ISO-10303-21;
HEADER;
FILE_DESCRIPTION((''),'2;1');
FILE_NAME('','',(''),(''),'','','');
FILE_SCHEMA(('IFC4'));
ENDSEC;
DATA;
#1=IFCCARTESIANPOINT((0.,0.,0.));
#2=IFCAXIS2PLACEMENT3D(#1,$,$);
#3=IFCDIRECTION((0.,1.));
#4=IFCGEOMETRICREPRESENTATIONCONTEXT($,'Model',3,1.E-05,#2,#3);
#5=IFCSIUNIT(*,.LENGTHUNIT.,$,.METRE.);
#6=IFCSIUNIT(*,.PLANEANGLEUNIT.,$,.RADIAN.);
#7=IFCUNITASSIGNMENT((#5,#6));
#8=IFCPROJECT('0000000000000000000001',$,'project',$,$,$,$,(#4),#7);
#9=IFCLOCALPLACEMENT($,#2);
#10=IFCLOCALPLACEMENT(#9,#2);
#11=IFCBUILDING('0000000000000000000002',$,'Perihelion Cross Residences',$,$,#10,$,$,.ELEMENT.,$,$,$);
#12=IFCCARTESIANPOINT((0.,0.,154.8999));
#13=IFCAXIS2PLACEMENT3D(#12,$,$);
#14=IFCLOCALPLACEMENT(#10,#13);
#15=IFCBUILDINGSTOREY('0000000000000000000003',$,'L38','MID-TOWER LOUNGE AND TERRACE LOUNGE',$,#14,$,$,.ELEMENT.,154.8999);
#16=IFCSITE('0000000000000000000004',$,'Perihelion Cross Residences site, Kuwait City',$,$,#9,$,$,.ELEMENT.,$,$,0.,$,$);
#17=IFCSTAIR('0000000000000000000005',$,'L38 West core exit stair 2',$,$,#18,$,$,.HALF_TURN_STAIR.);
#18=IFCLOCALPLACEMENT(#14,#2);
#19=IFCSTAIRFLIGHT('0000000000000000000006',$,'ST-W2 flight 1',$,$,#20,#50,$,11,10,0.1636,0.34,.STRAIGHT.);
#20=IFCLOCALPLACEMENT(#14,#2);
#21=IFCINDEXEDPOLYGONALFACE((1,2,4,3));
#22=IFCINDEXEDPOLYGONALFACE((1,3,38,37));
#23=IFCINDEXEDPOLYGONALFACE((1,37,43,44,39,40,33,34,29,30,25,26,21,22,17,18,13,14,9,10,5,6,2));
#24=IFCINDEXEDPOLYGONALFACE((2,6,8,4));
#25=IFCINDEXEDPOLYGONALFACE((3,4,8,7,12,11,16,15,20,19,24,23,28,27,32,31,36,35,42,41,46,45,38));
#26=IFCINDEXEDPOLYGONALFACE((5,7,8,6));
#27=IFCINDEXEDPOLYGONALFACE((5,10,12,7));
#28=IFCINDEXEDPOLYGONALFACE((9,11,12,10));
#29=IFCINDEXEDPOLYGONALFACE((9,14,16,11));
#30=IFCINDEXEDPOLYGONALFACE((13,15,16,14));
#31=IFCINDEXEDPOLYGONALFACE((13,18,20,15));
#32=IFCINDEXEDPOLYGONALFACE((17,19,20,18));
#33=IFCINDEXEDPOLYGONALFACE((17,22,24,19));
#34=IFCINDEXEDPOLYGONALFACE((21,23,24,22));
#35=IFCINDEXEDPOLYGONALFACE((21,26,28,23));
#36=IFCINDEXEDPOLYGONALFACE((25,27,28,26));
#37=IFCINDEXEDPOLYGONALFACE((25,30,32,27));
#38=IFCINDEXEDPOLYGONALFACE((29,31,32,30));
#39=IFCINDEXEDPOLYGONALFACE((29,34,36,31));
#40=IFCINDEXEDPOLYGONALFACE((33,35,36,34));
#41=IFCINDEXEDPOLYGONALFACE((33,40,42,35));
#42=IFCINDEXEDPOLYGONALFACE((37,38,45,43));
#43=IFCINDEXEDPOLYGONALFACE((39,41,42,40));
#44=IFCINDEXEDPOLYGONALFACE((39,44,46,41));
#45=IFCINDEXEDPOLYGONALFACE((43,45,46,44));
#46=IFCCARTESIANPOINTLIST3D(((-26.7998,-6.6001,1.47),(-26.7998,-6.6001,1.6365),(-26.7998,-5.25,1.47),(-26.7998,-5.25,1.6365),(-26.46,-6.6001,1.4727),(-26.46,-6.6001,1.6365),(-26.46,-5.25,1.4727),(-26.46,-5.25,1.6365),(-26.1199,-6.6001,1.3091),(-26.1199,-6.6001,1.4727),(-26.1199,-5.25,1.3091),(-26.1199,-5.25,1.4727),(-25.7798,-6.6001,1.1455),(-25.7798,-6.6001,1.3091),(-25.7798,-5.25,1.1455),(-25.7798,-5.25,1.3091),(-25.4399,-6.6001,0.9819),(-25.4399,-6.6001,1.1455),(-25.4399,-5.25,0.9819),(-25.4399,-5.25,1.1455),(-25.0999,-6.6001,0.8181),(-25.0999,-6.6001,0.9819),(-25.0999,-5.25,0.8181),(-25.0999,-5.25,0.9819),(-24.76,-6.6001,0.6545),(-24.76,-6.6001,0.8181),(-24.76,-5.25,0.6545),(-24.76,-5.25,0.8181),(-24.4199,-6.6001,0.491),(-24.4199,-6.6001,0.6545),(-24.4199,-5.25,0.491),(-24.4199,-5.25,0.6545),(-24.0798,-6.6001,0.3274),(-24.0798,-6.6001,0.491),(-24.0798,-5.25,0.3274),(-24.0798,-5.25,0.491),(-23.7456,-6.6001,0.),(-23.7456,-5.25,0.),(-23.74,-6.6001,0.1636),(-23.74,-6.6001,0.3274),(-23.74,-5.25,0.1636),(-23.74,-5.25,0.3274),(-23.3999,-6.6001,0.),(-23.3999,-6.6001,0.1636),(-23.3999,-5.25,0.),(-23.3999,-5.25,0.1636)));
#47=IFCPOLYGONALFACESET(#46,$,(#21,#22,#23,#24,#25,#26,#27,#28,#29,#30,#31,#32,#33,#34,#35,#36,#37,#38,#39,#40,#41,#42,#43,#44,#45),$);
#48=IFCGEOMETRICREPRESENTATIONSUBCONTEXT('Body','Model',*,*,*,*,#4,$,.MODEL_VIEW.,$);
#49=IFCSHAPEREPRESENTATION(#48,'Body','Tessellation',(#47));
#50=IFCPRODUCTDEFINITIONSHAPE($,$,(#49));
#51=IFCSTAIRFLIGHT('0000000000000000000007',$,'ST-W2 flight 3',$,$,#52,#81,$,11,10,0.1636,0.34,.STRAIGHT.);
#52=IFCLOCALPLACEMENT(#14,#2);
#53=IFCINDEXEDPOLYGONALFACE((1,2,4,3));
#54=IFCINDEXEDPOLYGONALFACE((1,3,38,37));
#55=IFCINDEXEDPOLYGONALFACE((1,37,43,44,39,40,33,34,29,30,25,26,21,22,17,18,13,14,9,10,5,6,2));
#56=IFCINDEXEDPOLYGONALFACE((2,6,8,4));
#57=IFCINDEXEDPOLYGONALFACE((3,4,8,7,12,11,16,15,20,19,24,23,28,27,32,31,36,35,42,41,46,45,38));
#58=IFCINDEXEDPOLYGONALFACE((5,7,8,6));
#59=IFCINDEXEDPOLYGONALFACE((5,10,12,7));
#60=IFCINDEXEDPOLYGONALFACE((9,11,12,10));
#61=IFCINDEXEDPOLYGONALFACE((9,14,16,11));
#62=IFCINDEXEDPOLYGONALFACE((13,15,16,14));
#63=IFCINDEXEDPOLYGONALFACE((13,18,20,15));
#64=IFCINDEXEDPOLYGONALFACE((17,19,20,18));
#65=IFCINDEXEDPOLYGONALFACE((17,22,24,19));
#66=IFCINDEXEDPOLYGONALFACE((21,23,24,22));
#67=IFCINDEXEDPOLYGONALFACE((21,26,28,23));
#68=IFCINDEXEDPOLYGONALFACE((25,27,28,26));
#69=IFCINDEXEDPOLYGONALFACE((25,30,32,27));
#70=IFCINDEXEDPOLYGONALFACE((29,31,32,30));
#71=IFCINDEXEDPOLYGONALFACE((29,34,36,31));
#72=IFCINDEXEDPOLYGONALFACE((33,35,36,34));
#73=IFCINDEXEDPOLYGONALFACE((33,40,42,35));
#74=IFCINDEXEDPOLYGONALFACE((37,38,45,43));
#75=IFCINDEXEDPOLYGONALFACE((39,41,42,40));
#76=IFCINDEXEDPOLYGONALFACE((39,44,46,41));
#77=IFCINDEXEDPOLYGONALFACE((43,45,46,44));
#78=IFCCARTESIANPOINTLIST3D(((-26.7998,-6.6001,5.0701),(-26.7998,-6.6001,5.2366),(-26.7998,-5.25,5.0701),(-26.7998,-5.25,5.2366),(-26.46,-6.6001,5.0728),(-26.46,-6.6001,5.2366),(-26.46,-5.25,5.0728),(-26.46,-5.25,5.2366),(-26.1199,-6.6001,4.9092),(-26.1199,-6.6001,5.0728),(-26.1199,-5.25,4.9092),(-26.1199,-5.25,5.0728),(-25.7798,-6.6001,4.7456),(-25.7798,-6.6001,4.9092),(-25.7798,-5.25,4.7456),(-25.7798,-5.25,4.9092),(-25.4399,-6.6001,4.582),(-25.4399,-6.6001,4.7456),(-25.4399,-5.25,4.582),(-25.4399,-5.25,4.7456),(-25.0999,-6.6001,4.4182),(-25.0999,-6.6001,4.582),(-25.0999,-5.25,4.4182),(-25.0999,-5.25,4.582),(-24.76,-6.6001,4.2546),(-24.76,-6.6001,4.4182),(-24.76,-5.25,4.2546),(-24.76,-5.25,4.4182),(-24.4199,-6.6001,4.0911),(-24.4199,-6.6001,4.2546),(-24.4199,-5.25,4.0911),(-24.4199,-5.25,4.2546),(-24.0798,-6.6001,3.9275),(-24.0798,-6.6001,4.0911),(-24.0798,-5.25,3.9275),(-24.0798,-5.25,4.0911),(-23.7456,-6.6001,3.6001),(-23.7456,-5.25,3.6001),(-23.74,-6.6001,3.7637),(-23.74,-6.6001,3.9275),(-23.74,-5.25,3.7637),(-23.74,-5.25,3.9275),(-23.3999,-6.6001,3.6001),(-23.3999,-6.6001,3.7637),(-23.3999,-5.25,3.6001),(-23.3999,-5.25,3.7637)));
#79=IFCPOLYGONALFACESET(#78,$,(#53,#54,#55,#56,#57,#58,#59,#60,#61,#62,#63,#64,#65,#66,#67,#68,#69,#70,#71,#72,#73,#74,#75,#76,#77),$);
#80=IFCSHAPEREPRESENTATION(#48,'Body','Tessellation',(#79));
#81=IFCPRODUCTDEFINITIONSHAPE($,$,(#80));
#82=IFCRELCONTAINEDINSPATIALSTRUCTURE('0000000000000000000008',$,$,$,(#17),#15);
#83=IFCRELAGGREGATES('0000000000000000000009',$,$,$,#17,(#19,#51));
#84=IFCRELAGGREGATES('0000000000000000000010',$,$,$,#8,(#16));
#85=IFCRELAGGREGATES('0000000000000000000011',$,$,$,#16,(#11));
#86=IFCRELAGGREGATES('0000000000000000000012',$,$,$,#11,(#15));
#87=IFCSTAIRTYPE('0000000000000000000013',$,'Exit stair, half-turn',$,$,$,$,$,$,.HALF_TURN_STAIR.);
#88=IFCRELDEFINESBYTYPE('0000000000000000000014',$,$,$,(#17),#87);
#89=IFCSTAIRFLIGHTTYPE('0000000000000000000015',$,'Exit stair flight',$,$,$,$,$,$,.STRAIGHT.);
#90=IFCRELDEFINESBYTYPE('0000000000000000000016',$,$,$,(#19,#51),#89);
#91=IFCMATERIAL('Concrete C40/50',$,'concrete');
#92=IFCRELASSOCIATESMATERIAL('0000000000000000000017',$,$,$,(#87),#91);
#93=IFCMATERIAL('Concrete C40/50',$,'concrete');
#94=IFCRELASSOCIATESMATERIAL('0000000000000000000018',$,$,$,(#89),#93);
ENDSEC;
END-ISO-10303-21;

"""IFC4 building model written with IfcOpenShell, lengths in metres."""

from ifc_helpers import new_model, si_unit, direction, frame, origin, place, context, subcontext, project, spatial, polyline, outline, extrude, material, type_object, element, aggregate, save


model = new_model("IFC4")

# Units and contexts
model_context = context("Model", 3, precision=1e-05, world=origin(), true_north=direction((0.0, 1.0)))
body_context = subcontext(model_context, "Body", "Model", "MODEL_VIEW")
ifc_project = project(units=[si_unit("LENGTHUNIT", "METRE"), si_unit("PLANEANGLEUNIT", "RADIAN")], contexts=[model_context])

# Site, building, storey
site_placement = place(None, origin())
site = spatial("IfcSite", under=ifc_project, at=site_placement, Name="Perihelion Cross Residences site, Kuwait City", CompositionType="ELEMENT", RefElevation=0.0)
building_placement = place(site_placement, origin())
building = spatial("IfcBuilding", under=site, at=building_placement, Name="Perihelion Cross Residences", CompositionType="ELEMENT")
storey_placement = place(building_placement, frame((0.0, 0.0, 154.8999)))
storey = spatial("IfcBuildingStorey", under=building, at=storey_placement, Name="L38", Description="MID-TOWER LOUNGE AND TERRACE LOUNGE", CompositionType="ELEMENT", Elevation=154.8999)

# Stair, stair flights
ifc_material_1 = material(Name="Concrete C40/50", Category="concrete")
stair_type = type_object("IfcStairType", Name="Exit stair, half-turn", PredefinedType="HALF_TURN_STAIR", material=ifc_material_1)
stair_placement = place(storey_placement, origin())
stair = element("IfcStair", 1, at=stair_placement, inside=storey, type_object=stair_type, Name="L38 West core exit stair 2", PredefinedType="HALF_TURN_STAIR")
ifc_material_2 = material(Name="Concrete C40/50", Category="concrete")
stair_flight_type = type_object("IfcStairFlightType", Name="Exit stair flight", PredefinedType="STRAIGHT", material=ifc_material_2)
stair_flight_1_placement = place(storey_placement, frame((-23.3999, -5.925, 0.0), z_axis=(0.0, 0.0, 1.0), x_axis=(-1.0, 0.0, 0.0)))
stair_flight_1 = element("IfcStairFlight", 2, at=stair_flight_1_placement, type_object=stair_flight_type, Name="ST-W2 flight 1", NumberOfRisers=11, NumberOfTreads=10, PredefinedType="STRAIGHT", RiserHeight=0.1636, TreadLength=0.34, context=body_context, shape_type="SweptSolid", body=[
    extrude(outline(polyline([(0.0, 0.0), (0.0, 0.1636), (0.3401, 0.1636), (0.3401, 0.3274), (0.6799, 0.3274), (0.6799, 0.491), (1.02, 0.491), (1.02, 0.6545), (1.3601, 0.6545), (1.3601, 0.8181), (1.7, 0.8181), (1.7, 0.9819), (2.04, 0.9819), (2.04, 1.1455), (2.3799, 1.1455), (2.3799, 1.3091), (2.72, 1.3091), (2.72, 1.4727), (3.0601, 1.4727), (3.0601, 1.6365), (3.3999, 1.6365), (3.3999, 1.8), (3.3999, 1.47), (0.3457, 0.0), (0.0, 0.0)])), frame((0.0, 0.675, 0.0), z_axis=(0.0, -1.0, 0.0), x_axis=(1.0, 0.0, 0.0)), (0.0, 0.0, 1.0), 1.3501),
])
stair_flight_2_placement = place(storey_placement, frame((-23.3999, -5.925, 3.6001), z_axis=(0.0, 0.0, 1.0), x_axis=(-1.0, 0.0, 0.0)))
stair_flight_2 = element("IfcStairFlight", 3, at=stair_flight_2_placement, type_object=stair_flight_type, Name="ST-W2 flight 3", NumberOfRisers=11, NumberOfTreads=10, PredefinedType="STRAIGHT", RiserHeight=0.1636, TreadLength=0.34, context=body_context, shape_type="SweptSolid", body=[
    extrude(outline(polyline([(0.0, 0.0), (0.0, 0.1636), (0.3401, 0.1636), (0.3401, 0.3274), (0.6799, 0.3274), (0.6799, 0.491), (1.02, 0.491), (1.02, 0.6545), (1.3601, 0.6545), (1.3601, 0.8181), (1.7, 0.8181), (1.7, 0.9819), (2.04, 0.9819), (2.04, 1.1455), (2.3799, 1.1455), (2.3799, 1.3091), (2.72, 1.3091), (2.72, 1.4727), (3.0601, 1.4727), (3.0601, 1.6365), (3.3999, 1.6365), (3.3999, 1.8), (3.3999, 1.47), (0.3457, 0.0), (0.0, 0.0)])), frame((0.0, 0.675, 0.0), z_axis=(0.0, -1.0, 0.0), x_axis=(1.0, 0.0, 0.0)), (0.0, 0.0, 1.0), 1.3501),
])
aggregate(stair, [stair_flight_1, stair_flight_2])

save(model, "model.ifc")
